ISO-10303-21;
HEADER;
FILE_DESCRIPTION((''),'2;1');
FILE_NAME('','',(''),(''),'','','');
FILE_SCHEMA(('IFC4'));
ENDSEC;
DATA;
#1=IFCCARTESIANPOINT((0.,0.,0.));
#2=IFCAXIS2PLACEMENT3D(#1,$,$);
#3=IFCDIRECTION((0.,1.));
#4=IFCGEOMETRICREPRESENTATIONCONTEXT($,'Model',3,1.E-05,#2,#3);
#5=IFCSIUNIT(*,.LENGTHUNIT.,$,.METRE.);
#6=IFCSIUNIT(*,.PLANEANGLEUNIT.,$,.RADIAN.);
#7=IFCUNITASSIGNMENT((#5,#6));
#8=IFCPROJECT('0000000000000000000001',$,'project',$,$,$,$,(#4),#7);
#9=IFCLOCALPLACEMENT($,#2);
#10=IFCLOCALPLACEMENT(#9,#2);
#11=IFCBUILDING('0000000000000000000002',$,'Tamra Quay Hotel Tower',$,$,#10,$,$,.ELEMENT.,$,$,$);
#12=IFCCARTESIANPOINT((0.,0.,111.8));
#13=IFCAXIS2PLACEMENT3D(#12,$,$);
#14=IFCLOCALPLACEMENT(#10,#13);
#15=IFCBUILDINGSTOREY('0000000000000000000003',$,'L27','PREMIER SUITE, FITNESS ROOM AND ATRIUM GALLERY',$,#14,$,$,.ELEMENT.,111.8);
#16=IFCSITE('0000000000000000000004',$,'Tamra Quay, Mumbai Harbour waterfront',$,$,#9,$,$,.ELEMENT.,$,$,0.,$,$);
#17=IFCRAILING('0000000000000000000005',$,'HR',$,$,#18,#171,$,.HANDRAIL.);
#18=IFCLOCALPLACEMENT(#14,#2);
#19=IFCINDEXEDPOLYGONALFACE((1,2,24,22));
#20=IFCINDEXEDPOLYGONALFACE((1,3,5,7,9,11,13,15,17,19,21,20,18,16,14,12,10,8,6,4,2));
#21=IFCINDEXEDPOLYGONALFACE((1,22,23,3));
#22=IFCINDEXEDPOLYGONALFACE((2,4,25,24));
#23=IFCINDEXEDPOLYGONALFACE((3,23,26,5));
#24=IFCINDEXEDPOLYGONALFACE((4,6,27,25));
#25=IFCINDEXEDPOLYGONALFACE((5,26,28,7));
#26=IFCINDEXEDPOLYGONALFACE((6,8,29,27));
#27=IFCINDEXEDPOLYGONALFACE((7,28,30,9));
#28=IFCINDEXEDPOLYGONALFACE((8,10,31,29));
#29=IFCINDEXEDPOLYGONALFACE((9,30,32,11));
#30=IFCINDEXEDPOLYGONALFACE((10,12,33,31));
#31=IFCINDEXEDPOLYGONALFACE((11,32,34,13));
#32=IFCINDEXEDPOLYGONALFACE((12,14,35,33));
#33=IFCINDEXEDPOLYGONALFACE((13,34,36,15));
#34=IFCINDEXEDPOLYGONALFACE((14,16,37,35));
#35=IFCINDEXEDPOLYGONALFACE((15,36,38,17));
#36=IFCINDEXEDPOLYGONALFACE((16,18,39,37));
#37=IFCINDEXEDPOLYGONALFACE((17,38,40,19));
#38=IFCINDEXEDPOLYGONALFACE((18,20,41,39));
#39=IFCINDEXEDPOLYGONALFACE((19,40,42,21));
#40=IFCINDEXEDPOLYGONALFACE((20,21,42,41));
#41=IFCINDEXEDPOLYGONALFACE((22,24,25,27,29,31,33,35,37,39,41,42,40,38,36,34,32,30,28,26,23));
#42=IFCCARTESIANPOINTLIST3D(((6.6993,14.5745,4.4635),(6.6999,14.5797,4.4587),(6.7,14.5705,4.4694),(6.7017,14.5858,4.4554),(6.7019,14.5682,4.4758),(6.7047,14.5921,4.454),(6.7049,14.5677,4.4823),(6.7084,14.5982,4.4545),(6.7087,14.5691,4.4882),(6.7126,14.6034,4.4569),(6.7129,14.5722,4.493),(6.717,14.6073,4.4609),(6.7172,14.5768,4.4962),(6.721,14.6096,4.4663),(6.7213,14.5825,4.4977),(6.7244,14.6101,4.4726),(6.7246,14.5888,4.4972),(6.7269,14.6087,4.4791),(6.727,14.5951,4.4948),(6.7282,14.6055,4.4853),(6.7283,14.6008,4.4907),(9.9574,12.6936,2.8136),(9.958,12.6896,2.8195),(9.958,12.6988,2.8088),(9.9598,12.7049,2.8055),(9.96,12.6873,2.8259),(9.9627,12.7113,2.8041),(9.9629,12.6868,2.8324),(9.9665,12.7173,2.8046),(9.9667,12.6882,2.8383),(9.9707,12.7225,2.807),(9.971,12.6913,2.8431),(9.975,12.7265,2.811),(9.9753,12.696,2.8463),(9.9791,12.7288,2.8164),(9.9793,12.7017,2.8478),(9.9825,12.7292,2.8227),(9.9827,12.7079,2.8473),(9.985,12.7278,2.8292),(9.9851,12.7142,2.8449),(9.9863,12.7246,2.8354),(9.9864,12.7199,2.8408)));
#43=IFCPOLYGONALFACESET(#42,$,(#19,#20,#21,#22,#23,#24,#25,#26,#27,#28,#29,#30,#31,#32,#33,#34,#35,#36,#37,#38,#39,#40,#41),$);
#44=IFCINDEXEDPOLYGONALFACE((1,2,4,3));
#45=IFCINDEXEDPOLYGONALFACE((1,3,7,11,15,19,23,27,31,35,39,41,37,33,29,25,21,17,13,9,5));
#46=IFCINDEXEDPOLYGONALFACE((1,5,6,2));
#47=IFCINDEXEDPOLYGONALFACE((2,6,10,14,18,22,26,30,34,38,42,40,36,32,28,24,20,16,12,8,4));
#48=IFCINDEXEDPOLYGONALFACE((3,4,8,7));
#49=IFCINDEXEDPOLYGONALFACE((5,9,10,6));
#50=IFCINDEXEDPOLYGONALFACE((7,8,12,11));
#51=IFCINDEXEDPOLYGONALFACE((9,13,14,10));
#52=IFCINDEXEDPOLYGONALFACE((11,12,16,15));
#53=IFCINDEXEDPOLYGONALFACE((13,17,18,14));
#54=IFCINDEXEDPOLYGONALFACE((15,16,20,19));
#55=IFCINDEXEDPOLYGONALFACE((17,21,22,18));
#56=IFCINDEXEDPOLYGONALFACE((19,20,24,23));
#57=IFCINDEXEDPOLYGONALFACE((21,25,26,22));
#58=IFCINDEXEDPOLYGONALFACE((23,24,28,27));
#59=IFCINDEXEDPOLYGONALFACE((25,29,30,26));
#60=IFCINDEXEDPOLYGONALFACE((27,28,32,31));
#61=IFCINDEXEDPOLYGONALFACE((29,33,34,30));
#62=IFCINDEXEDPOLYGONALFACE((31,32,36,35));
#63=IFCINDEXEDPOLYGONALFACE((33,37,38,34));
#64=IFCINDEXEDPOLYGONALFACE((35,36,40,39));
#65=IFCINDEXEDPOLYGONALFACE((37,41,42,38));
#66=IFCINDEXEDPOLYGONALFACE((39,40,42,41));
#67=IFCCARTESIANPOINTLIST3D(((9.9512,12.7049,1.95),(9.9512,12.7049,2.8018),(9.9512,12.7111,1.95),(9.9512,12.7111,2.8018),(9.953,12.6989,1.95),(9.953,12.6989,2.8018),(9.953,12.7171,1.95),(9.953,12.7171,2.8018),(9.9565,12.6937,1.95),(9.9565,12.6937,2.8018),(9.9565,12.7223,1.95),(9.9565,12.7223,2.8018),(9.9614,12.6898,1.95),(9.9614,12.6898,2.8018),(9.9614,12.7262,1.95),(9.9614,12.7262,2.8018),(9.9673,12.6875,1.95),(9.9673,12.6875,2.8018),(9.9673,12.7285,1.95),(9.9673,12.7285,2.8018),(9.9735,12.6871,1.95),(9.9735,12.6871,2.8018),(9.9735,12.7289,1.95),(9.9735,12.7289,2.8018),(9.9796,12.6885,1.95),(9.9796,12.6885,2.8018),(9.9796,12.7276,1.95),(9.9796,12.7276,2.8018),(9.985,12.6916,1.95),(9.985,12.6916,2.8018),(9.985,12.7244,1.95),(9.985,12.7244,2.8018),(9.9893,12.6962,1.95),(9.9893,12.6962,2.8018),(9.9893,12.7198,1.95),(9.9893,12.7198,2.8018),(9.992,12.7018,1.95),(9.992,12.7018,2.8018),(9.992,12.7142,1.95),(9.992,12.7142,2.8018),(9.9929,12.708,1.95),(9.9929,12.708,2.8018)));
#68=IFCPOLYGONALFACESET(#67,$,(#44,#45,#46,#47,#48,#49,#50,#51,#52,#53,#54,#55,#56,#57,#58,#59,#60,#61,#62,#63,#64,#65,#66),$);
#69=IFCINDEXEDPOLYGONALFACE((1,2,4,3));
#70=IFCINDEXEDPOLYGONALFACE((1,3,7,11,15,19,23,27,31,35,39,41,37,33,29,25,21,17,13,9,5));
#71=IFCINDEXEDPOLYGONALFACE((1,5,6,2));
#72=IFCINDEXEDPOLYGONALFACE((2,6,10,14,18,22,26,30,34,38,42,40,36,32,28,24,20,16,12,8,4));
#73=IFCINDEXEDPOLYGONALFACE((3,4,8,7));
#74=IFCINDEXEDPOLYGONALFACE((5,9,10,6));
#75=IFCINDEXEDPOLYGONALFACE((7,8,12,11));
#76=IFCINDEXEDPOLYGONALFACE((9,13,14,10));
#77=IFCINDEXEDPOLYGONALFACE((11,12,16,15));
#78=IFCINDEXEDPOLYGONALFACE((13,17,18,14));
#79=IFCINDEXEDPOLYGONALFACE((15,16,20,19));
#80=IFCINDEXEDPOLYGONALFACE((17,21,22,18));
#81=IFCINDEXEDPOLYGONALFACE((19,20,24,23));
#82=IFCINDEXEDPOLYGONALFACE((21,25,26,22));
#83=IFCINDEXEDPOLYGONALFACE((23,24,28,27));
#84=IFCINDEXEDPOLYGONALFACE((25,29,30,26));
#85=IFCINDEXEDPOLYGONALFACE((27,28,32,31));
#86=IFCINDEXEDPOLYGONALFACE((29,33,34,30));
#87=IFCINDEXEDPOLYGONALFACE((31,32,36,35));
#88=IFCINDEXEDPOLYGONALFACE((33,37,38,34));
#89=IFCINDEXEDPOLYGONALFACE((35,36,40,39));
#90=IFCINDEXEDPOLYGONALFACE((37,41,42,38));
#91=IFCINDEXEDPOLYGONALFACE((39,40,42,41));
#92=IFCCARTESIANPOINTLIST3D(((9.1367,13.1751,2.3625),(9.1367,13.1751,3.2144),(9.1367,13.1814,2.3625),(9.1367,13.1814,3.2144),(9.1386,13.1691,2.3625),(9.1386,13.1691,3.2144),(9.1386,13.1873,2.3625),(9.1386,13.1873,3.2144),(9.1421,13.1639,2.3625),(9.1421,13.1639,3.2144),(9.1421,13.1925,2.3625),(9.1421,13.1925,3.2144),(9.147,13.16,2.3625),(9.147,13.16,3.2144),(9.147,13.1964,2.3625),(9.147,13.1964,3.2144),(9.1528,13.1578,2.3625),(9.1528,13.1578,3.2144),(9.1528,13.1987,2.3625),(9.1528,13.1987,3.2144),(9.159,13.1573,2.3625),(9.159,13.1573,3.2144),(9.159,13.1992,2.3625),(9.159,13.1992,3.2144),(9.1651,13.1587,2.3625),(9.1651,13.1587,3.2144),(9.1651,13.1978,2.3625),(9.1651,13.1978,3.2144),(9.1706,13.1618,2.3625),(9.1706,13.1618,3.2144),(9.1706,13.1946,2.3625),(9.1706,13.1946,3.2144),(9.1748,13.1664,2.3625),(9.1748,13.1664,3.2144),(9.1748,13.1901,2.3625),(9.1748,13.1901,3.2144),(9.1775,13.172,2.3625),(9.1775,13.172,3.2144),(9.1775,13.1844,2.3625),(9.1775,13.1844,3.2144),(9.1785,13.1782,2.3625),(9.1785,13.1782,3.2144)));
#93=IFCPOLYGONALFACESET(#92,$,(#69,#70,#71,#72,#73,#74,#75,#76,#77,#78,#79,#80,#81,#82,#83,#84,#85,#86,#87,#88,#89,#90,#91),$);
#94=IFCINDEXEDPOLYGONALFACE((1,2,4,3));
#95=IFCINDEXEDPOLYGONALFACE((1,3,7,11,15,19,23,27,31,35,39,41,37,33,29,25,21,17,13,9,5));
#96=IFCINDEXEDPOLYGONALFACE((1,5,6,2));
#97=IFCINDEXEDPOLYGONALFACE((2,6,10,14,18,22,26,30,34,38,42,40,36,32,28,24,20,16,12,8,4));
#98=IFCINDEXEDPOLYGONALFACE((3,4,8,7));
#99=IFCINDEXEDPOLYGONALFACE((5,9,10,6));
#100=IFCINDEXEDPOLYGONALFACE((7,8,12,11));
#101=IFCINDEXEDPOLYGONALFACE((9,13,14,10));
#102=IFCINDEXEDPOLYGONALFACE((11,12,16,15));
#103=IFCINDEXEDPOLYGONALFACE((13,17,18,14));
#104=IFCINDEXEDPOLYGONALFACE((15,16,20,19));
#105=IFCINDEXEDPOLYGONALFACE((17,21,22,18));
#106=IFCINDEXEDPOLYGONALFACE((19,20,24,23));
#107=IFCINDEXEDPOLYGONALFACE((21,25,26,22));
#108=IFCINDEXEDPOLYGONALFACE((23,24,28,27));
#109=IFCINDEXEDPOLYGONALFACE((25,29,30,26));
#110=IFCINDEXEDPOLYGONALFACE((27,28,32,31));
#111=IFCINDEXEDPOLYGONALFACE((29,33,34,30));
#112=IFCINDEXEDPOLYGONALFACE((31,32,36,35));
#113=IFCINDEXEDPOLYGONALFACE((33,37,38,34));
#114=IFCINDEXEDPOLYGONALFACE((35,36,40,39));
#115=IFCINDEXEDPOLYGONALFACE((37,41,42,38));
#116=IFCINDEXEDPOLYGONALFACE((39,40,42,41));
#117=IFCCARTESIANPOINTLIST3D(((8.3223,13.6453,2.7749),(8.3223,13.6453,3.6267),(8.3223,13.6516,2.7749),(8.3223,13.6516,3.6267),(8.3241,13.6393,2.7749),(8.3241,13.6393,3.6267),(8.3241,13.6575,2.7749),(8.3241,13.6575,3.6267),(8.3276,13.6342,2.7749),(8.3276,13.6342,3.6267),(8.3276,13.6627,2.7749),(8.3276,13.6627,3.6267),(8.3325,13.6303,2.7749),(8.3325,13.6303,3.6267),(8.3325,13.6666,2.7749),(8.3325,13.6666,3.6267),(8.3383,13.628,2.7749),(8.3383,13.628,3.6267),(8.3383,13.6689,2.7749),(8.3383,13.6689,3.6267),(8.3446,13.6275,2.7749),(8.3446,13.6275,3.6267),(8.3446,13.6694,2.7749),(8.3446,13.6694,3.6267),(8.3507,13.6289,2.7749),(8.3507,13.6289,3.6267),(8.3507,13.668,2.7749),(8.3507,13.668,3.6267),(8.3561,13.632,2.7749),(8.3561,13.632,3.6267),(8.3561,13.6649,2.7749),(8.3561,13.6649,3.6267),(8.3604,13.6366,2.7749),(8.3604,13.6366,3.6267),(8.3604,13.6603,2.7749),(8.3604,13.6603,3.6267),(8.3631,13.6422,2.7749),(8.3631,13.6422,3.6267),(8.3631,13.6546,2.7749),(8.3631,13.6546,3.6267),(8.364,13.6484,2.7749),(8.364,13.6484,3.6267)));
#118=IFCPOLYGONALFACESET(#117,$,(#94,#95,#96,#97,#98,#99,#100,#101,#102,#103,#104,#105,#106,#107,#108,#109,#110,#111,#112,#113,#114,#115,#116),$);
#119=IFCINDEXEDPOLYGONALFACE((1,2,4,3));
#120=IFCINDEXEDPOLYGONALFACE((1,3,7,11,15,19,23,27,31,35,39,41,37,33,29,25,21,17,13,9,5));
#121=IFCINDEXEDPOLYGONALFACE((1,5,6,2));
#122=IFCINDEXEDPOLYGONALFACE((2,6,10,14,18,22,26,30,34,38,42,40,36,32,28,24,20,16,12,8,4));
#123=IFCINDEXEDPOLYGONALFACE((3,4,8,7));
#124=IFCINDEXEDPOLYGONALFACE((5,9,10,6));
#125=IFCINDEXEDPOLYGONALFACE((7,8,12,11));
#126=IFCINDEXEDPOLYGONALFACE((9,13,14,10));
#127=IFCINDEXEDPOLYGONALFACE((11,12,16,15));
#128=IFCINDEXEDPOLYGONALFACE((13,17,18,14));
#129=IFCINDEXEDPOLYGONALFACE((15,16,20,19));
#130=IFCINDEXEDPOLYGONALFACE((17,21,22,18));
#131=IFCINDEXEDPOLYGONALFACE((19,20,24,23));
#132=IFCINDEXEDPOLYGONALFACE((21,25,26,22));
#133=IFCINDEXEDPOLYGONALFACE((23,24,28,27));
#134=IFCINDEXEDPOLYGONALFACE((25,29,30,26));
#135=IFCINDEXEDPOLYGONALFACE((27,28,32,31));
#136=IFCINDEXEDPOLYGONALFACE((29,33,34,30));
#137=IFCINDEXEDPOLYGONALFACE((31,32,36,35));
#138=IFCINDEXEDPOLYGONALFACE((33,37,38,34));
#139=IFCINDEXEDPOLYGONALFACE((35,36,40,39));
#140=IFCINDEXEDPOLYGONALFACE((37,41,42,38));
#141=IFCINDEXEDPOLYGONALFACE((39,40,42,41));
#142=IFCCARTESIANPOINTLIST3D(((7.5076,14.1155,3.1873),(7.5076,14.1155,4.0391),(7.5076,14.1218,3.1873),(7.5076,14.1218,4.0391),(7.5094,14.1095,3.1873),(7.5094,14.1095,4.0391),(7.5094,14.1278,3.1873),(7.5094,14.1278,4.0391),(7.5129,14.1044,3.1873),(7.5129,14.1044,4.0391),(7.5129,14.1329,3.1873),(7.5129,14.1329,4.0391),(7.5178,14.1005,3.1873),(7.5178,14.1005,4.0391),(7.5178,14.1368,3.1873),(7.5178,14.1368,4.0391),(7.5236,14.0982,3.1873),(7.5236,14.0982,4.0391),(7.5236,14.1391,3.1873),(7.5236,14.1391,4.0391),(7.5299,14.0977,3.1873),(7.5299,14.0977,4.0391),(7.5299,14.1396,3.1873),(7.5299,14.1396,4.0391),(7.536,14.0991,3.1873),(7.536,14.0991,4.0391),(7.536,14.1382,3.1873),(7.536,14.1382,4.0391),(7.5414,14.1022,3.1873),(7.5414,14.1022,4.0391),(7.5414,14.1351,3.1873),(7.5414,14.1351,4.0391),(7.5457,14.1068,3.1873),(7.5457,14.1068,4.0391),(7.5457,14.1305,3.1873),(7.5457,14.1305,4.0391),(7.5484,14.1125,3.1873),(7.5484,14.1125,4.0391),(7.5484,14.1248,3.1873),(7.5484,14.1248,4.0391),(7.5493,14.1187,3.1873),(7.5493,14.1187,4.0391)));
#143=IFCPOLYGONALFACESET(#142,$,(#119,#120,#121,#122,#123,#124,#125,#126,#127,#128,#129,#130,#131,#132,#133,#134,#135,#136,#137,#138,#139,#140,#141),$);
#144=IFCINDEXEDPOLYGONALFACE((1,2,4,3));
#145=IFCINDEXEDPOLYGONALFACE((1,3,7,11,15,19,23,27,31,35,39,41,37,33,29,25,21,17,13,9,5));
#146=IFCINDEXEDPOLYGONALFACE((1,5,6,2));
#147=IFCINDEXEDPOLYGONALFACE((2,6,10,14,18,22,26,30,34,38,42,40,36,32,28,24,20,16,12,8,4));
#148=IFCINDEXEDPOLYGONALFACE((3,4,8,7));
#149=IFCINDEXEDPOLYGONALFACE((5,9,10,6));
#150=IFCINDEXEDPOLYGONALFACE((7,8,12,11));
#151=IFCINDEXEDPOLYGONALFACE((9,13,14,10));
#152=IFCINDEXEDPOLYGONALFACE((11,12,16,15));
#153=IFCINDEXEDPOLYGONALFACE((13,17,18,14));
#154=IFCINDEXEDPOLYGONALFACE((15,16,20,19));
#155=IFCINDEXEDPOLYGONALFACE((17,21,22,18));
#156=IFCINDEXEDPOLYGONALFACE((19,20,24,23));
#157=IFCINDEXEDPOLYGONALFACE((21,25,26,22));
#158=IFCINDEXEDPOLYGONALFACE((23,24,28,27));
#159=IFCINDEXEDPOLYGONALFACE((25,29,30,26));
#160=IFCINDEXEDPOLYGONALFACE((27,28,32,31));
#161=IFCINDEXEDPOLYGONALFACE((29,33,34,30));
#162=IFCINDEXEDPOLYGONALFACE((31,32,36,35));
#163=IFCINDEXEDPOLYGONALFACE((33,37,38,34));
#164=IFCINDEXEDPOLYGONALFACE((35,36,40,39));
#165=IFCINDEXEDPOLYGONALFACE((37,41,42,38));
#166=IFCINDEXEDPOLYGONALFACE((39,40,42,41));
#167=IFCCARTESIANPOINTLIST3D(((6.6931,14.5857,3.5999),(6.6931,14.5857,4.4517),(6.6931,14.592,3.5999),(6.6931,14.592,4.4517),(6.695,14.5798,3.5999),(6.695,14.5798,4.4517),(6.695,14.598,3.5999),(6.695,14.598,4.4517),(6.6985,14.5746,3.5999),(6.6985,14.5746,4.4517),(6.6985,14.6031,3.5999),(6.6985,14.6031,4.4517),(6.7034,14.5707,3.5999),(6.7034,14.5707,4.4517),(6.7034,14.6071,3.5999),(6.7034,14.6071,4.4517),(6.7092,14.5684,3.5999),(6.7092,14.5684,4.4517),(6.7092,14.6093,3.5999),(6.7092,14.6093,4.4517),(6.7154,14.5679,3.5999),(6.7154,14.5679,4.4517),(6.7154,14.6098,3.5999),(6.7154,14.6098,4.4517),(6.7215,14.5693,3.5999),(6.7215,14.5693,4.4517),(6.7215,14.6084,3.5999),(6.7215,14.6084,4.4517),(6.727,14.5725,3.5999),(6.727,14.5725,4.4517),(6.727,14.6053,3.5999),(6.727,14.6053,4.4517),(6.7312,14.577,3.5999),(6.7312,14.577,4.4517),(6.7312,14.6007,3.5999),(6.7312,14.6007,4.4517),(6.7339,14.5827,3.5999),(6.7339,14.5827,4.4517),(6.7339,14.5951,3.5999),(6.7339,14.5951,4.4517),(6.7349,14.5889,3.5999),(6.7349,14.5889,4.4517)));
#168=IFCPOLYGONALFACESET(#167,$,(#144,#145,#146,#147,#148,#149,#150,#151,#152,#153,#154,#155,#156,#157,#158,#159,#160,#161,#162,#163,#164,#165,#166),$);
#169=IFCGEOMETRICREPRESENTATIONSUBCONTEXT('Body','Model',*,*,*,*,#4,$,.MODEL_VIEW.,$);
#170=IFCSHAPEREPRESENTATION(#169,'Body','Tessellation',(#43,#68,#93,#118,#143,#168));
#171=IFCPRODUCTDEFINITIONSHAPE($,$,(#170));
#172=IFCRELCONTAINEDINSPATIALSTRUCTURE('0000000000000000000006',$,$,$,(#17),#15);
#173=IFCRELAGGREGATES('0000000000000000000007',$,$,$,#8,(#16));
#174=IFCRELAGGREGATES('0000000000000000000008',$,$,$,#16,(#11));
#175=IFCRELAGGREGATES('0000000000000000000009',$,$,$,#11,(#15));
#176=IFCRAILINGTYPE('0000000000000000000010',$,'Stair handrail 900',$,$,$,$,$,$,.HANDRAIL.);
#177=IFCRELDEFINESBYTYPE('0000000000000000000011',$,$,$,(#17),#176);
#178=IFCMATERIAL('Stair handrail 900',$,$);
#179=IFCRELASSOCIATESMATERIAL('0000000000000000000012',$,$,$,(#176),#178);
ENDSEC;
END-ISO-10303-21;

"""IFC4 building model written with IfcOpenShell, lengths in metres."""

from ifc_helpers import new_model, si_unit, direction, frame, origin, origin_2d, place, context, subcontext, project, spatial, circle, extrude, material, type_object, element, save


model = new_model("IFC4")

# Units and contexts
model_context = context("Model", 3, precision=1e-05, world=origin(), true_north=direction((0.0, 1.0)))
body_context = subcontext(model_context, "Body", "Model", "MODEL_VIEW")
ifc_project = project(units=[si_unit("LENGTHUNIT", "METRE"), si_unit("PLANEANGLEUNIT", "RADIAN")], contexts=[model_context])

# Site, building, storey
site_placement = place(None, origin())
site = spatial("IfcSite", under=ifc_project, at=site_placement, Name="Tamra Quay, Mumbai Harbour waterfront", CompositionType="ELEMENT", RefElevation=0.0)
building_placement = place(site_placement, origin())
building = spatial("IfcBuilding", under=site, at=building_placement, Name="Tamra Quay Hotel Tower", CompositionType="ELEMENT")
storey_placement = place(building_placement, frame((0.0, 0.0, 111.8)))
storey = spatial("IfcBuildingStorey", under=building, at=storey_placement, Name="L27", Description="PREMIER SUITE, FITNESS ROOM AND ATRIUM GALLERY", CompositionType="ELEMENT", Elevation=111.8)

# Railing
ifc_material_1 = material(Name="Stair handrail 900")
railing_type_1 = type_object("IfcRailingType", Name="Stair handrail 900", PredefinedType="HANDRAIL", material=ifc_material_1)
railing_1_placement = place(storey_placement, frame((9.9719, 12.708, 1.95)))
element("IfcRailing", 1, at=railing_1_placement, inside=storey, type_object=railing_type_1, Name="HR", PredefinedType="HANDRAIL", context=body_context, shape_type="SweptSolid", body=[
    extrude(circle(Radius=0.0239, at=origin_2d()), frame((0.0, 0.0, 0.876), z_axis=(-0.793122, 0.457865, 0.401642), x_axis=(-0.499964, -0.866046, 0.0)), (0.0, 0.0, 1.0), 4.1079),
    extrude(circle(Radius=0.021, at=origin_2d()), origin(), (0.0, 0.0, 1.0), 0.8518),
    extrude(circle(Radius=0.021, at=origin_2d()), frame((-0.8145, 0.4702, 0.4126)), (0.0, 0.0, 1.0), 0.8518),
    extrude(circle(Radius=0.021, at=origin_2d()), frame((-1.6289, 0.9404, 0.825)), (0.0, 0.0, 1.0), 0.8518),
    extrude(circle(Radius=0.021, at=origin_2d()), frame((-2.4436, 1.4106, 1.2373)), (0.0, 0.0, 1.0), 0.8518),
    extrude(circle(Radius=0.021, at=origin_2d()), frame((-3.2581, 1.8809, 1.6499)), (0.0, 0.0, 1.0), 0.8518),
])

save(model, "model.ifc")
